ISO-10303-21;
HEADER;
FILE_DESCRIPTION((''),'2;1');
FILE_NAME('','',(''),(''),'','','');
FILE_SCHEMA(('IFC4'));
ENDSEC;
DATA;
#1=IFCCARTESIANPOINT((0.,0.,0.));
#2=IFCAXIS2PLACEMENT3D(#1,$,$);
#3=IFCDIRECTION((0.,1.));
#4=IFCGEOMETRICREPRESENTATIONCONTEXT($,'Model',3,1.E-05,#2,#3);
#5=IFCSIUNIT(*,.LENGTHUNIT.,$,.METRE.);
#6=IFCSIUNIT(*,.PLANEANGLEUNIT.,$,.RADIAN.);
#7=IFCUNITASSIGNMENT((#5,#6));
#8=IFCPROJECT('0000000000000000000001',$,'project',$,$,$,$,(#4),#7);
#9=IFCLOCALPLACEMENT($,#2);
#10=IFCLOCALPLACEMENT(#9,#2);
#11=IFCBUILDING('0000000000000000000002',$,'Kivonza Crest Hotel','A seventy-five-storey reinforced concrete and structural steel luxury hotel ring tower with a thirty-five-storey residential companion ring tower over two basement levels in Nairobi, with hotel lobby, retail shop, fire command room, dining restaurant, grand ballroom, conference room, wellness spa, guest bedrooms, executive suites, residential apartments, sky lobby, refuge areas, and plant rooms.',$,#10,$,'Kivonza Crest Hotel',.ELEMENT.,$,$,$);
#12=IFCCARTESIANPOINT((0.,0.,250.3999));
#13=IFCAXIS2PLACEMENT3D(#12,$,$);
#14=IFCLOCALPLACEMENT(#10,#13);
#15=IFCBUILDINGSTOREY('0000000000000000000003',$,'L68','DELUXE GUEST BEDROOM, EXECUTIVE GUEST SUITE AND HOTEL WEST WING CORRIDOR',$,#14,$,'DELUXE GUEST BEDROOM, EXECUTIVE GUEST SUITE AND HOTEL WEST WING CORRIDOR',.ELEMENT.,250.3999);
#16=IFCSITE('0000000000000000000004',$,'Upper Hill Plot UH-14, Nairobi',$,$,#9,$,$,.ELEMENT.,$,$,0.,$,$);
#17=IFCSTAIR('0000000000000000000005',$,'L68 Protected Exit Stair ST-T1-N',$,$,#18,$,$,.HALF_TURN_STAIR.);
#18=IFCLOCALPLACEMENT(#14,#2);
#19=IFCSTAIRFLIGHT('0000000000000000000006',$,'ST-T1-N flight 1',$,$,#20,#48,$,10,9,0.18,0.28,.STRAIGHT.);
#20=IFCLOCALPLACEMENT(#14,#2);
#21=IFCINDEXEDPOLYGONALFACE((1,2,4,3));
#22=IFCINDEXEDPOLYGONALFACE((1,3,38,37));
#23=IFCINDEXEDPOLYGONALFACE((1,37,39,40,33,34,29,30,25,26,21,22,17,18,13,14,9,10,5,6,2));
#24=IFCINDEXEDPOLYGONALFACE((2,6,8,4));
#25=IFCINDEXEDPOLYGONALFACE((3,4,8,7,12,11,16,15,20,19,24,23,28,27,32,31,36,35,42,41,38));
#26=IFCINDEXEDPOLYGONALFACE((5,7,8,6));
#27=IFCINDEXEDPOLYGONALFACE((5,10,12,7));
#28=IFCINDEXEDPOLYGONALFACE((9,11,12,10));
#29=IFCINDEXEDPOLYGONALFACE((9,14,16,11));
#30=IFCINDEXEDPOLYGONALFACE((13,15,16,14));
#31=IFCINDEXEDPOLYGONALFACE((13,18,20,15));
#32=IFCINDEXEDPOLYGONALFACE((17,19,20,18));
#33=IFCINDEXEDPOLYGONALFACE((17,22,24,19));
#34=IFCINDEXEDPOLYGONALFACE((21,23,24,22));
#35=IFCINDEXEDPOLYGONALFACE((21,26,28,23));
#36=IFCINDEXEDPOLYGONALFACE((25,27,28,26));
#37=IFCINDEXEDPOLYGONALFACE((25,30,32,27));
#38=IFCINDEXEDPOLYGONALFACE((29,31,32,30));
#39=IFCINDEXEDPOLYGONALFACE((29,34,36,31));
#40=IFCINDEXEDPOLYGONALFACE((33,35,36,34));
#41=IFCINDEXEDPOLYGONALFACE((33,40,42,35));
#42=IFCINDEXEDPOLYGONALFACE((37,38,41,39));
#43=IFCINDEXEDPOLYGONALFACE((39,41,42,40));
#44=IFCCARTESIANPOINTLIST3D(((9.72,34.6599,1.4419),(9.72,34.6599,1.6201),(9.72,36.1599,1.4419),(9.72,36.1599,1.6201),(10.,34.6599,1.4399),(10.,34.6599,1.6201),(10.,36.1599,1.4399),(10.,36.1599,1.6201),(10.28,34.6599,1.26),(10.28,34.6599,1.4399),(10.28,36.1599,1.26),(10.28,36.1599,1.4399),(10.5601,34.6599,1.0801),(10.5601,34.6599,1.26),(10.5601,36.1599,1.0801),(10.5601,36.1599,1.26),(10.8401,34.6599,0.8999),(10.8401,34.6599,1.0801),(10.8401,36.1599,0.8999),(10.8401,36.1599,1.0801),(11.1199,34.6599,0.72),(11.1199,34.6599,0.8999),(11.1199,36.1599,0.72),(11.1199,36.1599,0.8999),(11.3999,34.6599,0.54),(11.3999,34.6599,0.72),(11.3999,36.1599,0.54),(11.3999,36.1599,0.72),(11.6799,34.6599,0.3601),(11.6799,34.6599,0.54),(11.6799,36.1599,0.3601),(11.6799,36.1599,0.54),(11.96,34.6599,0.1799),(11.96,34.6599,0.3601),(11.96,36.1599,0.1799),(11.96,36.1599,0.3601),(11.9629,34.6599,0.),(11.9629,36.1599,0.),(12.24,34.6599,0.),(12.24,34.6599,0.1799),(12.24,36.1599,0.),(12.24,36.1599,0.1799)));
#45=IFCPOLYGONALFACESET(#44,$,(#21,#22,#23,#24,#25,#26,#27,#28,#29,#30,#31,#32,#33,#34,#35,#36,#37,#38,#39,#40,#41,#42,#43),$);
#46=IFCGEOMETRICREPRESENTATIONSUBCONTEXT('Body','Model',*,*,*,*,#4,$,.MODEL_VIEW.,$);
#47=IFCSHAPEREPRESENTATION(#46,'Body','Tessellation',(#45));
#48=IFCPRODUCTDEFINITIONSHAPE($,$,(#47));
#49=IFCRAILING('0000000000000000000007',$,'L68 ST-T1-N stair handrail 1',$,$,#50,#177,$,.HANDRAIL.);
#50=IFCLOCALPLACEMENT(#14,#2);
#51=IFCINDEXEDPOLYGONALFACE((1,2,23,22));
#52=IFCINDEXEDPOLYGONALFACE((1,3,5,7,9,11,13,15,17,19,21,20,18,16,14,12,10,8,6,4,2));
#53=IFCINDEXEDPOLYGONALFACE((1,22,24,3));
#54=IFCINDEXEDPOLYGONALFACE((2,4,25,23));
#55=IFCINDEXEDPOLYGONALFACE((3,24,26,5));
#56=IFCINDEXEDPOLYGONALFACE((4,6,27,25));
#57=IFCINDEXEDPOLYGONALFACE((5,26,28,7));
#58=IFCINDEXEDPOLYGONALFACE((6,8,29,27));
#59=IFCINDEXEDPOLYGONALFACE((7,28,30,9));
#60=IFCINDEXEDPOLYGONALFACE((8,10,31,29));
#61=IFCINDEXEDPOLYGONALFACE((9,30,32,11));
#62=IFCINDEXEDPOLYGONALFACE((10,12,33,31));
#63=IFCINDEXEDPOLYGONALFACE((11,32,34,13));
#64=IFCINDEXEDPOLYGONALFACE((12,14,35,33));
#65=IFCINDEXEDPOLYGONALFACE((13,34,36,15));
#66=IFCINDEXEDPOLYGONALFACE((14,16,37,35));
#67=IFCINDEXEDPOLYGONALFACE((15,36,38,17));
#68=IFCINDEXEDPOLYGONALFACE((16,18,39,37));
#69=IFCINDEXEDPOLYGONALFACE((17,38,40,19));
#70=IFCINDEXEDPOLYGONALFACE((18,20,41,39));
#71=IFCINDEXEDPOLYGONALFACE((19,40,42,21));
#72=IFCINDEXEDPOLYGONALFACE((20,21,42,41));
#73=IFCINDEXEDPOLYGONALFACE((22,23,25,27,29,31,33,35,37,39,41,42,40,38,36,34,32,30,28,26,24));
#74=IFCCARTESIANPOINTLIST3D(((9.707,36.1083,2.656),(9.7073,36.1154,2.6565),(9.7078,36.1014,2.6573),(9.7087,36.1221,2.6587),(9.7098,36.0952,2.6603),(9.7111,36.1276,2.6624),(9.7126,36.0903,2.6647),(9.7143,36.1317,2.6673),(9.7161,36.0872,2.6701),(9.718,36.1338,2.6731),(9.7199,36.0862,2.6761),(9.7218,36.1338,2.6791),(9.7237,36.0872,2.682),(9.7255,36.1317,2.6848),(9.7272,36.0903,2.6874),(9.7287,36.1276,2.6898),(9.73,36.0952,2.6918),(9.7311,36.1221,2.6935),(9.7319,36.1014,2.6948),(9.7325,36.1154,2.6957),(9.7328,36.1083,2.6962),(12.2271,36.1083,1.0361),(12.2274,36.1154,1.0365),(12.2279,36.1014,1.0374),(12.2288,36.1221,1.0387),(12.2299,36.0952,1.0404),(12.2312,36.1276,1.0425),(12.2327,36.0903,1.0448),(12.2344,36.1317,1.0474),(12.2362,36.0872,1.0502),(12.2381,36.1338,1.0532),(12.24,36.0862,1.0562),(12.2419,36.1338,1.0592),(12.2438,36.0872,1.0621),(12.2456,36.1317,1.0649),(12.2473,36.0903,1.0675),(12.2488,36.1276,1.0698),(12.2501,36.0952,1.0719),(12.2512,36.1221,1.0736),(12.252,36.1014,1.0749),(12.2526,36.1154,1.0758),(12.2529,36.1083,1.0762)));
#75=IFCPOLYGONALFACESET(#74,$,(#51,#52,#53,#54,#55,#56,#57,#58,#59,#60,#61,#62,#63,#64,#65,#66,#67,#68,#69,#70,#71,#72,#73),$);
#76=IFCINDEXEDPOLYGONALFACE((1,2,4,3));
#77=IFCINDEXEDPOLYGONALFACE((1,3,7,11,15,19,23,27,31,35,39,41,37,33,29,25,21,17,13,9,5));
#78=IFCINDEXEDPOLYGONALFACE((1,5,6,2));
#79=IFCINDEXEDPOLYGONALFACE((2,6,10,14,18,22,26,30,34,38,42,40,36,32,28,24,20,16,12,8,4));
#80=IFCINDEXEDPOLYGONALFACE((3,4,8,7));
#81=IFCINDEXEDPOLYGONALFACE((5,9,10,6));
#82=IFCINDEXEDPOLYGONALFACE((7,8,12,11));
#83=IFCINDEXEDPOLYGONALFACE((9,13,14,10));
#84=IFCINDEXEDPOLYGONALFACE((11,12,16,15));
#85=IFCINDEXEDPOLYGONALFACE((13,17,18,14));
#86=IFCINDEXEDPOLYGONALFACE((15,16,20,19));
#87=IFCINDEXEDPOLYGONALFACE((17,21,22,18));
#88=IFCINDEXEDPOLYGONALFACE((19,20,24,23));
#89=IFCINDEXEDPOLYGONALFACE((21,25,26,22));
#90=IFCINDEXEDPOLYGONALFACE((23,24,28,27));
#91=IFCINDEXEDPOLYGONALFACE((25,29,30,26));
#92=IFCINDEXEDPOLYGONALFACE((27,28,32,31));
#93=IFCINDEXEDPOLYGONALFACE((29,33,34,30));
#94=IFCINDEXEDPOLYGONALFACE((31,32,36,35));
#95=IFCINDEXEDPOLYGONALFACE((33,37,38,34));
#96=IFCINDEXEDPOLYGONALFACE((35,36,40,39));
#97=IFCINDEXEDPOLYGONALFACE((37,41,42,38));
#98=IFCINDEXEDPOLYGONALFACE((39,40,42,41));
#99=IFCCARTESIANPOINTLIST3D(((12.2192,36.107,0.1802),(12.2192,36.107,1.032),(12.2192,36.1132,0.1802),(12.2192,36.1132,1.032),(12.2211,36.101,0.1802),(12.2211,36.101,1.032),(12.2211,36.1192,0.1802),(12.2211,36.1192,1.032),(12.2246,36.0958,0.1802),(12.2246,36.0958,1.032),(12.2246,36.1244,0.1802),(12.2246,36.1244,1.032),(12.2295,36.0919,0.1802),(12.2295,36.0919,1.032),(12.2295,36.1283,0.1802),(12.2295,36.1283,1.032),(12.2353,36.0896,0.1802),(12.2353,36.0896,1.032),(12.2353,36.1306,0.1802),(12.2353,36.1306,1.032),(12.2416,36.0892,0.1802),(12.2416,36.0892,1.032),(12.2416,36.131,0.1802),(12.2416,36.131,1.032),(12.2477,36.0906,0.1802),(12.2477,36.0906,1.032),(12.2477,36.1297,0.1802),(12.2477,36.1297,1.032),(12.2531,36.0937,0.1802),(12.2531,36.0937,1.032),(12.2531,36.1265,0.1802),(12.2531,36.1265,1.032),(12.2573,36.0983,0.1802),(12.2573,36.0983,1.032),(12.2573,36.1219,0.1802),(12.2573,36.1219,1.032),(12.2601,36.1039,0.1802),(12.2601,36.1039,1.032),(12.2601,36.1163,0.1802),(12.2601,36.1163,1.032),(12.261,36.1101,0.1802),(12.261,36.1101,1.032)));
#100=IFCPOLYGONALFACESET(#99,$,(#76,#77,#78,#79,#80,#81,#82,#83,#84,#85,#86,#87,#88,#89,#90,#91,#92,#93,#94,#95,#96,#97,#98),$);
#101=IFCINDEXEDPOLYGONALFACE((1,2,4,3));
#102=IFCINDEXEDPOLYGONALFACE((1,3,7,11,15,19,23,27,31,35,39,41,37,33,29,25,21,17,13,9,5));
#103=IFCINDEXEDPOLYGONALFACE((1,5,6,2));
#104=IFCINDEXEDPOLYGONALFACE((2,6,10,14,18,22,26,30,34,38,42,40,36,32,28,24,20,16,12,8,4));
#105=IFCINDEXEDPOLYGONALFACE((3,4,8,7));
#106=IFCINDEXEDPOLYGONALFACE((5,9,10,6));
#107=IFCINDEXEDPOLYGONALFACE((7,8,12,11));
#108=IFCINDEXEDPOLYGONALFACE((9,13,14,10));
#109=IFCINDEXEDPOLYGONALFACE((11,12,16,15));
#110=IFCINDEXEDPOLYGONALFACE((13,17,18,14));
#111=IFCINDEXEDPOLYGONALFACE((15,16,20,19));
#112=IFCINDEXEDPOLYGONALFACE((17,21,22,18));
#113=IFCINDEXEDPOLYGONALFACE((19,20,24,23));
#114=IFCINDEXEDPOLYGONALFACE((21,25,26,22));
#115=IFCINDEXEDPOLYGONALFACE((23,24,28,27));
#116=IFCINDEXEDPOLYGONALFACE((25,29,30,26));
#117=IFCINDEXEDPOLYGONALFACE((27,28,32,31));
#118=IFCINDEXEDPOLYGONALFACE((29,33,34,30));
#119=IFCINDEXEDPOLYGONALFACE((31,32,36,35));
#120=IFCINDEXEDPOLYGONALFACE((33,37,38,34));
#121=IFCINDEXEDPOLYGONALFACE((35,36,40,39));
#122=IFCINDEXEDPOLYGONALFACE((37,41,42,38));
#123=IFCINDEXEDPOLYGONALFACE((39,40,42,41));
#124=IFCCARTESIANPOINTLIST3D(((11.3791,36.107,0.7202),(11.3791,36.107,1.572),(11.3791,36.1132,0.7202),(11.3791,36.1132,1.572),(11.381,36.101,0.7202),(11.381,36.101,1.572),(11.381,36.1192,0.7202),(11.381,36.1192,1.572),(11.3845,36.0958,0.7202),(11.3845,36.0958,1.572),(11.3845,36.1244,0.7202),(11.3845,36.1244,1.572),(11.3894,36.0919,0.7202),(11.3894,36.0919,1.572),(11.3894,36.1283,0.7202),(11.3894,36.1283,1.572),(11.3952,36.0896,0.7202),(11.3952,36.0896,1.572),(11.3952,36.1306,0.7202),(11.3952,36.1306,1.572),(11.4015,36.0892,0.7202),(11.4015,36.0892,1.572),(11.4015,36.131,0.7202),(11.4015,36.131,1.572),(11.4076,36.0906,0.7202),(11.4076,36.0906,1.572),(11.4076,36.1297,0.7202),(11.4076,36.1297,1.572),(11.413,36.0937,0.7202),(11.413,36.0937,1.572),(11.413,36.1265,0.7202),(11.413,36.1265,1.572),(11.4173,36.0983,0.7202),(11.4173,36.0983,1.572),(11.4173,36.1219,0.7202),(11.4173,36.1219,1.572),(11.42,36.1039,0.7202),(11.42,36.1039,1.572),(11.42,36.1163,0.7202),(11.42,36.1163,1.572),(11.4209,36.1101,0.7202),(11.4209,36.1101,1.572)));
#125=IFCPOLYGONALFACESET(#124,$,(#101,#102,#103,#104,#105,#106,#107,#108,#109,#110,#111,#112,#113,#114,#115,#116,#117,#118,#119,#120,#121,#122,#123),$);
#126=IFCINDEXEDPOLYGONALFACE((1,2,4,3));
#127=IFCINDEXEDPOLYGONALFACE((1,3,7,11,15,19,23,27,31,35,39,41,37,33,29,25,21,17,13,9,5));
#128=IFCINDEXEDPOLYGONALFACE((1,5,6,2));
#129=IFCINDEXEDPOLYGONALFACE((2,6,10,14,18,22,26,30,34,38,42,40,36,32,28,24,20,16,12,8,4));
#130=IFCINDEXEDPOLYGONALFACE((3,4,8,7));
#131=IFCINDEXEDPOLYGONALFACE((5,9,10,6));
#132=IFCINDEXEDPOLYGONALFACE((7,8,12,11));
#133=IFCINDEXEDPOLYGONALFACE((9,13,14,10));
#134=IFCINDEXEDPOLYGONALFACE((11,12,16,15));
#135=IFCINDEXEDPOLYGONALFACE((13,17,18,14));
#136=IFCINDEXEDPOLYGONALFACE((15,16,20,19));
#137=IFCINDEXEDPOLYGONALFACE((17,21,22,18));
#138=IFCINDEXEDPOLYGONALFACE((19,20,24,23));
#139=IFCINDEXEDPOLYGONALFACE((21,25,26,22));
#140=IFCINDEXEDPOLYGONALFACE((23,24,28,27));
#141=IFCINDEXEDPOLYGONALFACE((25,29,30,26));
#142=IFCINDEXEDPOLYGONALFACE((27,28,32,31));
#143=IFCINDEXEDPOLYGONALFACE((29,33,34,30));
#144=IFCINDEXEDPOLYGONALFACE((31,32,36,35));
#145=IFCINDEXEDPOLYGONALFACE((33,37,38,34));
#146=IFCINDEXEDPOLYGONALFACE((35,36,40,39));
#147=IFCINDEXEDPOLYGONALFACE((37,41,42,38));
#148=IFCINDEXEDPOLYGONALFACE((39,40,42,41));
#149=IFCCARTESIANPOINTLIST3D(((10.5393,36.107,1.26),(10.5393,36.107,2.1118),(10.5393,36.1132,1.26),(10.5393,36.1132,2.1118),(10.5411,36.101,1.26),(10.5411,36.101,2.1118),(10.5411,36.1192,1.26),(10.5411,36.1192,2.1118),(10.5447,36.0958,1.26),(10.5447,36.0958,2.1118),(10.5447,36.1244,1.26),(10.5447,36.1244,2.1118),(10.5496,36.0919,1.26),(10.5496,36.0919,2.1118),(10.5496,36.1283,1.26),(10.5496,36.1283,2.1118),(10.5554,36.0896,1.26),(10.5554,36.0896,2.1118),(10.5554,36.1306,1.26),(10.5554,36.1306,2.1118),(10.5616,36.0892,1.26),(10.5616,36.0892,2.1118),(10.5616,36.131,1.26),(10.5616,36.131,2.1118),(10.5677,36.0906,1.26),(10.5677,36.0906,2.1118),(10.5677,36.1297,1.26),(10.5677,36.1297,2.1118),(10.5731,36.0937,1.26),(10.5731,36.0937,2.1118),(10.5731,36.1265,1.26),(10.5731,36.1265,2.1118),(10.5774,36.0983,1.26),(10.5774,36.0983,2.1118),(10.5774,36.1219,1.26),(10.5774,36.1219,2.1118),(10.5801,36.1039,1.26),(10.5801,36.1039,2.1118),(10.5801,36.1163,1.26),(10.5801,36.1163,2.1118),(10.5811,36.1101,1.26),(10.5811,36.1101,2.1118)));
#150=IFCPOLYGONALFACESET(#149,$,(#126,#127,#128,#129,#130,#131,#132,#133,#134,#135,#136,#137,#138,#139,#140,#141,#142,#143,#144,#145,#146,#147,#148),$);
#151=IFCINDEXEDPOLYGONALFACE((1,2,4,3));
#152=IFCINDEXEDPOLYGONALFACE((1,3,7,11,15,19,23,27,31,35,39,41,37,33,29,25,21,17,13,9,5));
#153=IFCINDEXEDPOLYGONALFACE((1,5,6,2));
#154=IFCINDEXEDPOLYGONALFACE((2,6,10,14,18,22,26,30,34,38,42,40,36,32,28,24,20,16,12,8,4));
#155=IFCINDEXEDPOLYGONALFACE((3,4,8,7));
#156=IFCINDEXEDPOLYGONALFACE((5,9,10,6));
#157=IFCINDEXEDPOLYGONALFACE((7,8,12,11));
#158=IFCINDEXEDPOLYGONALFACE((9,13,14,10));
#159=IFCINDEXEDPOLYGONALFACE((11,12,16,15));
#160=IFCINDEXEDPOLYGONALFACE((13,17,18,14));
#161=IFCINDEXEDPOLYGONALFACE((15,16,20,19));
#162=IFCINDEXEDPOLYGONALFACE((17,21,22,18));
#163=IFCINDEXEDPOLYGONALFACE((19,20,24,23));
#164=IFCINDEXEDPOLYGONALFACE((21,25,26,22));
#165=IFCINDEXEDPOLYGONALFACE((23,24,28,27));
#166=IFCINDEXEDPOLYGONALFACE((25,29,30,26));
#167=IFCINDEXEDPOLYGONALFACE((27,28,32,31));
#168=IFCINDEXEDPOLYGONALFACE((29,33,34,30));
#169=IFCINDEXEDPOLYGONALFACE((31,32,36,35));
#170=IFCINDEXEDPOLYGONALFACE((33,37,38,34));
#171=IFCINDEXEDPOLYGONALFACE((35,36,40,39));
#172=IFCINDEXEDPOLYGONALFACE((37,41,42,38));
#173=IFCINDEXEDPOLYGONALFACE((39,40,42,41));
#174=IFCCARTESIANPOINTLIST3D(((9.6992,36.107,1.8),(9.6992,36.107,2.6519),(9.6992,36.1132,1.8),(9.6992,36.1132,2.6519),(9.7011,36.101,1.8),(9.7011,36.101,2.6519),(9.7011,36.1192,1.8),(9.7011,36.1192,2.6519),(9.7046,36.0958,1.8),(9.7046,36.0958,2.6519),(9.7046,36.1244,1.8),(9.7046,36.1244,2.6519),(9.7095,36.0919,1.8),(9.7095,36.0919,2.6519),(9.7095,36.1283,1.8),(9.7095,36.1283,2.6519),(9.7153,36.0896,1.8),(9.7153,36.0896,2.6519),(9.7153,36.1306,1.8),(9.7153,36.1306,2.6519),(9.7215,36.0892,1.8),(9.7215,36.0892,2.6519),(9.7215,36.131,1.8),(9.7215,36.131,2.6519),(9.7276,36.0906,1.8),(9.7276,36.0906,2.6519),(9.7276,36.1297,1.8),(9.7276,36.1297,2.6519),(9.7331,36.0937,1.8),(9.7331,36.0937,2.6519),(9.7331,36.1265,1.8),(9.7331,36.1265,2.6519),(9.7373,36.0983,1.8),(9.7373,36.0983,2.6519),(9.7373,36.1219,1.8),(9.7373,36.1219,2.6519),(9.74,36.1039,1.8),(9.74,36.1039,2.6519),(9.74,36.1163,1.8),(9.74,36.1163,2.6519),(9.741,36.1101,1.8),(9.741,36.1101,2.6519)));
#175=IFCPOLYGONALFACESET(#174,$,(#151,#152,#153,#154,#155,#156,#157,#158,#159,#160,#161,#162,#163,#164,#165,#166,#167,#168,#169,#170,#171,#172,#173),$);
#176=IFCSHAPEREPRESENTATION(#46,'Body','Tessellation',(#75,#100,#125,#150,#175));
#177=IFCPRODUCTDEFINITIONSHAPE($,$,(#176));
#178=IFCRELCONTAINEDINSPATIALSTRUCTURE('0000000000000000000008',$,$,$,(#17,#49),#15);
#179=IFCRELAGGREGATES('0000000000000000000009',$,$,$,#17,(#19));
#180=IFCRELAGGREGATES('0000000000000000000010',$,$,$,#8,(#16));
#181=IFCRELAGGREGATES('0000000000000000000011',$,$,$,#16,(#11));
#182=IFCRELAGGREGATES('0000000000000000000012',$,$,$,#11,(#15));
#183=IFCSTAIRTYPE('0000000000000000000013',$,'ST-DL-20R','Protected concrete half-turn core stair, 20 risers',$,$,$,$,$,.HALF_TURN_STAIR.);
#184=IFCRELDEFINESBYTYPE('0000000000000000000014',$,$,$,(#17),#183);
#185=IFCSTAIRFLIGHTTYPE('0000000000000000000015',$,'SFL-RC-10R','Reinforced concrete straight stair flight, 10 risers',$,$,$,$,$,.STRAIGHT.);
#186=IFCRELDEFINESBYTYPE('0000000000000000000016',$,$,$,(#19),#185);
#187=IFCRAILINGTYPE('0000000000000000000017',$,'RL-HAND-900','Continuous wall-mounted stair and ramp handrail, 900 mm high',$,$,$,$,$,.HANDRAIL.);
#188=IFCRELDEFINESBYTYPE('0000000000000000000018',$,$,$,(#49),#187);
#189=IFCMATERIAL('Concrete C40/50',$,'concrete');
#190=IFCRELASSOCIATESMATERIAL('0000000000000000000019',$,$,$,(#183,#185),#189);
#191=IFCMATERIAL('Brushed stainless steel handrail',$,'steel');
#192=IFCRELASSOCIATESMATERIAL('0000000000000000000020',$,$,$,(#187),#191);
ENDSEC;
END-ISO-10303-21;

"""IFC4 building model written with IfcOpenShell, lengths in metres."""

from ifc_helpers import new_model, si_unit, direction, frame, origin, origin_2d, place, context, subcontext, project, spatial, polyline, circle, outline, extrude, material, type_object, element, aggregate, save


model = new_model("IFC4")

# Units and contexts
model_context = context("Model", 3, precision=1e-05, world=origin(), true_north=direction((0.0, 1.0)))
body_context = subcontext(model_context, "Body", "Model", "MODEL_VIEW")
ifc_project = project(units=[si_unit("LENGTHUNIT", "METRE"), si_unit("PLANEANGLEUNIT", "RADIAN")], contexts=[model_context])

# Site, building, storey
site_placement = place(None, origin())
site = spatial("IfcSite", under=ifc_project, at=site_placement, Name="Upper Hill Plot UH-14, Nairobi", CompositionType="ELEMENT", RefElevation=0.0)
building_placement = place(site_placement, origin())
building = spatial("IfcBuilding", under=site, at=building_placement, Name="Kivonza Crest Hotel", Description="A seventy-five-storey reinforced concrete and structural steel luxury hotel ring tower with a thirty-five-storey residential companion ring tower over two basement levels in Nairobi, with hotel lobby, retail shop, fire command room, dining restaurant, grand ballroom, conference room, wellness spa, guest bedrooms, executive suites, residential apartments, sky lobby, refuge areas, and plant rooms.", LongName="Kivonza Crest Hotel", CompositionType="ELEMENT")
storey_placement = place(building_placement, frame((0.0, 0.0, 250.3999)))
storey = spatial("IfcBuildingStorey", under=building, at=storey_placement, Name="L68", Description="DELUXE GUEST BEDROOM, EXECUTIVE GUEST SUITE AND HOTEL WEST WING CORRIDOR", LongName="DELUXE GUEST BEDROOM, EXECUTIVE GUEST SUITE AND HOTEL WEST WING CORRIDOR", CompositionType="ELEMENT", Elevation=250.3999)

# Stair, stair flight
ifc_material_1 = material(Name="Concrete C40/50", Category="concrete")
stair_type = type_object("IfcStairType", Name="ST-DL-20R", Description="Protected concrete half-turn core stair, 20 risers", PredefinedType="HALF_TURN_STAIR", material=ifc_material_1)
stair_placement = place(storey_placement, origin())
stair = element("IfcStair", 1, at=stair_placement, inside=storey, type_object=stair_type, Name="L68 Protected Exit Stair ST-T1-N", PredefinedType="HALF_TURN_STAIR")
stair_flight_type = type_object("IfcStairFlightType", Name="SFL-RC-10R", Description="Reinforced concrete straight stair flight, 10 risers", PredefinedType="STRAIGHT", material=ifc_material_1)
stair_flight_placement = place(storey_placement, frame((12.24, 35.4099, 0.0), z_axis=(0.0, 0.0, 1.0), x_axis=(-1.0, 0.0, 0.0)))
stair_flight = element("IfcStairFlight", 2, at=stair_flight_placement, type_object=stair_flight_type, Name="ST-T1-N flight 1", NumberOfRisers=10, NumberOfTreads=9, PredefinedType="STRAIGHT", RiserHeight=0.18, TreadLength=0.28, context=body_context, shape_type="SweptSolid", body=[
    extrude(outline(polyline([(0.0, 0.0), (0.0, 0.1799), (0.28, 0.1799), (0.28, 0.3601), (0.5601, 0.3601), (0.5601, 0.54), (0.8401, 0.54), (0.8401, 0.72), (1.1201, 0.72), (1.1201, 0.8999), (1.3999, 0.8999), (1.3999, 1.0801), (1.6799, 1.0801), (1.6799, 1.26), (1.96, 1.26), (1.96, 1.4399), (2.24, 1.4399), (2.24, 1.6201), (2.52, 1.6201), (2.52, 1.8), (2.52, 1.4419), (0.2771, 0.0), (0.0, 0.0)])), frame((0.0, 0.75, 0.0), z_axis=(0.0, -1.0, 0.0), x_axis=(1.0, 0.0, 0.0)), (0.0, 0.0, 1.0), 1.5),
])
aggregate(stair, [stair_flight])

# Railing
ifc_material_2 = material(Name="Brushed stainless steel handrail", Category="steel")
railing_type = type_object("IfcRailingType", Name="RL-HAND-900", Description="Continuous wall-mounted stair and ramp handrail, 900 mm high", PredefinedType="HANDRAIL", material=ifc_material_2)
railing_placement = place(storey_placement, frame((12.24, 36.1101, 0.1802)))
element("IfcRailing", 3, at=railing_placement, inside=storey, type_object=railing_type, Name="L68 ST-T1-N stair handrail 1", PredefinedType="HANDRAIL", context=body_context, shape_type="SweptSolid", body=[
    extrude(circle(Radius=0.0239, at=origin_2d()), frame((0.0, 0.0, 0.876), z_axis=(-0.8412, 0.0, 0.540725), x_axis=(0.0, -1.0, 0.0)), (0.0, 0.0, 1.0), 2.9958),
    extrude(circle(Radius=0.021, at=origin_2d()), origin(), (0.0, 0.0, 1.0), 0.8518),
    extrude(circle(Radius=0.021, at=origin_2d()), frame((-0.8401, 0.0, 0.54)), (0.0, 0.0, 1.0), 0.8518),
    extrude(circle(Radius=0.021, at=origin_2d()), frame((-1.6799, 0.0, 1.0798)), (0.0, 0.0, 1.0), 0.8518),
    extrude(circle(Radius=0.021, at=origin_2d()), frame((-2.52, 0.0, 1.6199)), (0.0, 0.0, 1.0), 0.8518),
])

save(model, "model.ifc")
